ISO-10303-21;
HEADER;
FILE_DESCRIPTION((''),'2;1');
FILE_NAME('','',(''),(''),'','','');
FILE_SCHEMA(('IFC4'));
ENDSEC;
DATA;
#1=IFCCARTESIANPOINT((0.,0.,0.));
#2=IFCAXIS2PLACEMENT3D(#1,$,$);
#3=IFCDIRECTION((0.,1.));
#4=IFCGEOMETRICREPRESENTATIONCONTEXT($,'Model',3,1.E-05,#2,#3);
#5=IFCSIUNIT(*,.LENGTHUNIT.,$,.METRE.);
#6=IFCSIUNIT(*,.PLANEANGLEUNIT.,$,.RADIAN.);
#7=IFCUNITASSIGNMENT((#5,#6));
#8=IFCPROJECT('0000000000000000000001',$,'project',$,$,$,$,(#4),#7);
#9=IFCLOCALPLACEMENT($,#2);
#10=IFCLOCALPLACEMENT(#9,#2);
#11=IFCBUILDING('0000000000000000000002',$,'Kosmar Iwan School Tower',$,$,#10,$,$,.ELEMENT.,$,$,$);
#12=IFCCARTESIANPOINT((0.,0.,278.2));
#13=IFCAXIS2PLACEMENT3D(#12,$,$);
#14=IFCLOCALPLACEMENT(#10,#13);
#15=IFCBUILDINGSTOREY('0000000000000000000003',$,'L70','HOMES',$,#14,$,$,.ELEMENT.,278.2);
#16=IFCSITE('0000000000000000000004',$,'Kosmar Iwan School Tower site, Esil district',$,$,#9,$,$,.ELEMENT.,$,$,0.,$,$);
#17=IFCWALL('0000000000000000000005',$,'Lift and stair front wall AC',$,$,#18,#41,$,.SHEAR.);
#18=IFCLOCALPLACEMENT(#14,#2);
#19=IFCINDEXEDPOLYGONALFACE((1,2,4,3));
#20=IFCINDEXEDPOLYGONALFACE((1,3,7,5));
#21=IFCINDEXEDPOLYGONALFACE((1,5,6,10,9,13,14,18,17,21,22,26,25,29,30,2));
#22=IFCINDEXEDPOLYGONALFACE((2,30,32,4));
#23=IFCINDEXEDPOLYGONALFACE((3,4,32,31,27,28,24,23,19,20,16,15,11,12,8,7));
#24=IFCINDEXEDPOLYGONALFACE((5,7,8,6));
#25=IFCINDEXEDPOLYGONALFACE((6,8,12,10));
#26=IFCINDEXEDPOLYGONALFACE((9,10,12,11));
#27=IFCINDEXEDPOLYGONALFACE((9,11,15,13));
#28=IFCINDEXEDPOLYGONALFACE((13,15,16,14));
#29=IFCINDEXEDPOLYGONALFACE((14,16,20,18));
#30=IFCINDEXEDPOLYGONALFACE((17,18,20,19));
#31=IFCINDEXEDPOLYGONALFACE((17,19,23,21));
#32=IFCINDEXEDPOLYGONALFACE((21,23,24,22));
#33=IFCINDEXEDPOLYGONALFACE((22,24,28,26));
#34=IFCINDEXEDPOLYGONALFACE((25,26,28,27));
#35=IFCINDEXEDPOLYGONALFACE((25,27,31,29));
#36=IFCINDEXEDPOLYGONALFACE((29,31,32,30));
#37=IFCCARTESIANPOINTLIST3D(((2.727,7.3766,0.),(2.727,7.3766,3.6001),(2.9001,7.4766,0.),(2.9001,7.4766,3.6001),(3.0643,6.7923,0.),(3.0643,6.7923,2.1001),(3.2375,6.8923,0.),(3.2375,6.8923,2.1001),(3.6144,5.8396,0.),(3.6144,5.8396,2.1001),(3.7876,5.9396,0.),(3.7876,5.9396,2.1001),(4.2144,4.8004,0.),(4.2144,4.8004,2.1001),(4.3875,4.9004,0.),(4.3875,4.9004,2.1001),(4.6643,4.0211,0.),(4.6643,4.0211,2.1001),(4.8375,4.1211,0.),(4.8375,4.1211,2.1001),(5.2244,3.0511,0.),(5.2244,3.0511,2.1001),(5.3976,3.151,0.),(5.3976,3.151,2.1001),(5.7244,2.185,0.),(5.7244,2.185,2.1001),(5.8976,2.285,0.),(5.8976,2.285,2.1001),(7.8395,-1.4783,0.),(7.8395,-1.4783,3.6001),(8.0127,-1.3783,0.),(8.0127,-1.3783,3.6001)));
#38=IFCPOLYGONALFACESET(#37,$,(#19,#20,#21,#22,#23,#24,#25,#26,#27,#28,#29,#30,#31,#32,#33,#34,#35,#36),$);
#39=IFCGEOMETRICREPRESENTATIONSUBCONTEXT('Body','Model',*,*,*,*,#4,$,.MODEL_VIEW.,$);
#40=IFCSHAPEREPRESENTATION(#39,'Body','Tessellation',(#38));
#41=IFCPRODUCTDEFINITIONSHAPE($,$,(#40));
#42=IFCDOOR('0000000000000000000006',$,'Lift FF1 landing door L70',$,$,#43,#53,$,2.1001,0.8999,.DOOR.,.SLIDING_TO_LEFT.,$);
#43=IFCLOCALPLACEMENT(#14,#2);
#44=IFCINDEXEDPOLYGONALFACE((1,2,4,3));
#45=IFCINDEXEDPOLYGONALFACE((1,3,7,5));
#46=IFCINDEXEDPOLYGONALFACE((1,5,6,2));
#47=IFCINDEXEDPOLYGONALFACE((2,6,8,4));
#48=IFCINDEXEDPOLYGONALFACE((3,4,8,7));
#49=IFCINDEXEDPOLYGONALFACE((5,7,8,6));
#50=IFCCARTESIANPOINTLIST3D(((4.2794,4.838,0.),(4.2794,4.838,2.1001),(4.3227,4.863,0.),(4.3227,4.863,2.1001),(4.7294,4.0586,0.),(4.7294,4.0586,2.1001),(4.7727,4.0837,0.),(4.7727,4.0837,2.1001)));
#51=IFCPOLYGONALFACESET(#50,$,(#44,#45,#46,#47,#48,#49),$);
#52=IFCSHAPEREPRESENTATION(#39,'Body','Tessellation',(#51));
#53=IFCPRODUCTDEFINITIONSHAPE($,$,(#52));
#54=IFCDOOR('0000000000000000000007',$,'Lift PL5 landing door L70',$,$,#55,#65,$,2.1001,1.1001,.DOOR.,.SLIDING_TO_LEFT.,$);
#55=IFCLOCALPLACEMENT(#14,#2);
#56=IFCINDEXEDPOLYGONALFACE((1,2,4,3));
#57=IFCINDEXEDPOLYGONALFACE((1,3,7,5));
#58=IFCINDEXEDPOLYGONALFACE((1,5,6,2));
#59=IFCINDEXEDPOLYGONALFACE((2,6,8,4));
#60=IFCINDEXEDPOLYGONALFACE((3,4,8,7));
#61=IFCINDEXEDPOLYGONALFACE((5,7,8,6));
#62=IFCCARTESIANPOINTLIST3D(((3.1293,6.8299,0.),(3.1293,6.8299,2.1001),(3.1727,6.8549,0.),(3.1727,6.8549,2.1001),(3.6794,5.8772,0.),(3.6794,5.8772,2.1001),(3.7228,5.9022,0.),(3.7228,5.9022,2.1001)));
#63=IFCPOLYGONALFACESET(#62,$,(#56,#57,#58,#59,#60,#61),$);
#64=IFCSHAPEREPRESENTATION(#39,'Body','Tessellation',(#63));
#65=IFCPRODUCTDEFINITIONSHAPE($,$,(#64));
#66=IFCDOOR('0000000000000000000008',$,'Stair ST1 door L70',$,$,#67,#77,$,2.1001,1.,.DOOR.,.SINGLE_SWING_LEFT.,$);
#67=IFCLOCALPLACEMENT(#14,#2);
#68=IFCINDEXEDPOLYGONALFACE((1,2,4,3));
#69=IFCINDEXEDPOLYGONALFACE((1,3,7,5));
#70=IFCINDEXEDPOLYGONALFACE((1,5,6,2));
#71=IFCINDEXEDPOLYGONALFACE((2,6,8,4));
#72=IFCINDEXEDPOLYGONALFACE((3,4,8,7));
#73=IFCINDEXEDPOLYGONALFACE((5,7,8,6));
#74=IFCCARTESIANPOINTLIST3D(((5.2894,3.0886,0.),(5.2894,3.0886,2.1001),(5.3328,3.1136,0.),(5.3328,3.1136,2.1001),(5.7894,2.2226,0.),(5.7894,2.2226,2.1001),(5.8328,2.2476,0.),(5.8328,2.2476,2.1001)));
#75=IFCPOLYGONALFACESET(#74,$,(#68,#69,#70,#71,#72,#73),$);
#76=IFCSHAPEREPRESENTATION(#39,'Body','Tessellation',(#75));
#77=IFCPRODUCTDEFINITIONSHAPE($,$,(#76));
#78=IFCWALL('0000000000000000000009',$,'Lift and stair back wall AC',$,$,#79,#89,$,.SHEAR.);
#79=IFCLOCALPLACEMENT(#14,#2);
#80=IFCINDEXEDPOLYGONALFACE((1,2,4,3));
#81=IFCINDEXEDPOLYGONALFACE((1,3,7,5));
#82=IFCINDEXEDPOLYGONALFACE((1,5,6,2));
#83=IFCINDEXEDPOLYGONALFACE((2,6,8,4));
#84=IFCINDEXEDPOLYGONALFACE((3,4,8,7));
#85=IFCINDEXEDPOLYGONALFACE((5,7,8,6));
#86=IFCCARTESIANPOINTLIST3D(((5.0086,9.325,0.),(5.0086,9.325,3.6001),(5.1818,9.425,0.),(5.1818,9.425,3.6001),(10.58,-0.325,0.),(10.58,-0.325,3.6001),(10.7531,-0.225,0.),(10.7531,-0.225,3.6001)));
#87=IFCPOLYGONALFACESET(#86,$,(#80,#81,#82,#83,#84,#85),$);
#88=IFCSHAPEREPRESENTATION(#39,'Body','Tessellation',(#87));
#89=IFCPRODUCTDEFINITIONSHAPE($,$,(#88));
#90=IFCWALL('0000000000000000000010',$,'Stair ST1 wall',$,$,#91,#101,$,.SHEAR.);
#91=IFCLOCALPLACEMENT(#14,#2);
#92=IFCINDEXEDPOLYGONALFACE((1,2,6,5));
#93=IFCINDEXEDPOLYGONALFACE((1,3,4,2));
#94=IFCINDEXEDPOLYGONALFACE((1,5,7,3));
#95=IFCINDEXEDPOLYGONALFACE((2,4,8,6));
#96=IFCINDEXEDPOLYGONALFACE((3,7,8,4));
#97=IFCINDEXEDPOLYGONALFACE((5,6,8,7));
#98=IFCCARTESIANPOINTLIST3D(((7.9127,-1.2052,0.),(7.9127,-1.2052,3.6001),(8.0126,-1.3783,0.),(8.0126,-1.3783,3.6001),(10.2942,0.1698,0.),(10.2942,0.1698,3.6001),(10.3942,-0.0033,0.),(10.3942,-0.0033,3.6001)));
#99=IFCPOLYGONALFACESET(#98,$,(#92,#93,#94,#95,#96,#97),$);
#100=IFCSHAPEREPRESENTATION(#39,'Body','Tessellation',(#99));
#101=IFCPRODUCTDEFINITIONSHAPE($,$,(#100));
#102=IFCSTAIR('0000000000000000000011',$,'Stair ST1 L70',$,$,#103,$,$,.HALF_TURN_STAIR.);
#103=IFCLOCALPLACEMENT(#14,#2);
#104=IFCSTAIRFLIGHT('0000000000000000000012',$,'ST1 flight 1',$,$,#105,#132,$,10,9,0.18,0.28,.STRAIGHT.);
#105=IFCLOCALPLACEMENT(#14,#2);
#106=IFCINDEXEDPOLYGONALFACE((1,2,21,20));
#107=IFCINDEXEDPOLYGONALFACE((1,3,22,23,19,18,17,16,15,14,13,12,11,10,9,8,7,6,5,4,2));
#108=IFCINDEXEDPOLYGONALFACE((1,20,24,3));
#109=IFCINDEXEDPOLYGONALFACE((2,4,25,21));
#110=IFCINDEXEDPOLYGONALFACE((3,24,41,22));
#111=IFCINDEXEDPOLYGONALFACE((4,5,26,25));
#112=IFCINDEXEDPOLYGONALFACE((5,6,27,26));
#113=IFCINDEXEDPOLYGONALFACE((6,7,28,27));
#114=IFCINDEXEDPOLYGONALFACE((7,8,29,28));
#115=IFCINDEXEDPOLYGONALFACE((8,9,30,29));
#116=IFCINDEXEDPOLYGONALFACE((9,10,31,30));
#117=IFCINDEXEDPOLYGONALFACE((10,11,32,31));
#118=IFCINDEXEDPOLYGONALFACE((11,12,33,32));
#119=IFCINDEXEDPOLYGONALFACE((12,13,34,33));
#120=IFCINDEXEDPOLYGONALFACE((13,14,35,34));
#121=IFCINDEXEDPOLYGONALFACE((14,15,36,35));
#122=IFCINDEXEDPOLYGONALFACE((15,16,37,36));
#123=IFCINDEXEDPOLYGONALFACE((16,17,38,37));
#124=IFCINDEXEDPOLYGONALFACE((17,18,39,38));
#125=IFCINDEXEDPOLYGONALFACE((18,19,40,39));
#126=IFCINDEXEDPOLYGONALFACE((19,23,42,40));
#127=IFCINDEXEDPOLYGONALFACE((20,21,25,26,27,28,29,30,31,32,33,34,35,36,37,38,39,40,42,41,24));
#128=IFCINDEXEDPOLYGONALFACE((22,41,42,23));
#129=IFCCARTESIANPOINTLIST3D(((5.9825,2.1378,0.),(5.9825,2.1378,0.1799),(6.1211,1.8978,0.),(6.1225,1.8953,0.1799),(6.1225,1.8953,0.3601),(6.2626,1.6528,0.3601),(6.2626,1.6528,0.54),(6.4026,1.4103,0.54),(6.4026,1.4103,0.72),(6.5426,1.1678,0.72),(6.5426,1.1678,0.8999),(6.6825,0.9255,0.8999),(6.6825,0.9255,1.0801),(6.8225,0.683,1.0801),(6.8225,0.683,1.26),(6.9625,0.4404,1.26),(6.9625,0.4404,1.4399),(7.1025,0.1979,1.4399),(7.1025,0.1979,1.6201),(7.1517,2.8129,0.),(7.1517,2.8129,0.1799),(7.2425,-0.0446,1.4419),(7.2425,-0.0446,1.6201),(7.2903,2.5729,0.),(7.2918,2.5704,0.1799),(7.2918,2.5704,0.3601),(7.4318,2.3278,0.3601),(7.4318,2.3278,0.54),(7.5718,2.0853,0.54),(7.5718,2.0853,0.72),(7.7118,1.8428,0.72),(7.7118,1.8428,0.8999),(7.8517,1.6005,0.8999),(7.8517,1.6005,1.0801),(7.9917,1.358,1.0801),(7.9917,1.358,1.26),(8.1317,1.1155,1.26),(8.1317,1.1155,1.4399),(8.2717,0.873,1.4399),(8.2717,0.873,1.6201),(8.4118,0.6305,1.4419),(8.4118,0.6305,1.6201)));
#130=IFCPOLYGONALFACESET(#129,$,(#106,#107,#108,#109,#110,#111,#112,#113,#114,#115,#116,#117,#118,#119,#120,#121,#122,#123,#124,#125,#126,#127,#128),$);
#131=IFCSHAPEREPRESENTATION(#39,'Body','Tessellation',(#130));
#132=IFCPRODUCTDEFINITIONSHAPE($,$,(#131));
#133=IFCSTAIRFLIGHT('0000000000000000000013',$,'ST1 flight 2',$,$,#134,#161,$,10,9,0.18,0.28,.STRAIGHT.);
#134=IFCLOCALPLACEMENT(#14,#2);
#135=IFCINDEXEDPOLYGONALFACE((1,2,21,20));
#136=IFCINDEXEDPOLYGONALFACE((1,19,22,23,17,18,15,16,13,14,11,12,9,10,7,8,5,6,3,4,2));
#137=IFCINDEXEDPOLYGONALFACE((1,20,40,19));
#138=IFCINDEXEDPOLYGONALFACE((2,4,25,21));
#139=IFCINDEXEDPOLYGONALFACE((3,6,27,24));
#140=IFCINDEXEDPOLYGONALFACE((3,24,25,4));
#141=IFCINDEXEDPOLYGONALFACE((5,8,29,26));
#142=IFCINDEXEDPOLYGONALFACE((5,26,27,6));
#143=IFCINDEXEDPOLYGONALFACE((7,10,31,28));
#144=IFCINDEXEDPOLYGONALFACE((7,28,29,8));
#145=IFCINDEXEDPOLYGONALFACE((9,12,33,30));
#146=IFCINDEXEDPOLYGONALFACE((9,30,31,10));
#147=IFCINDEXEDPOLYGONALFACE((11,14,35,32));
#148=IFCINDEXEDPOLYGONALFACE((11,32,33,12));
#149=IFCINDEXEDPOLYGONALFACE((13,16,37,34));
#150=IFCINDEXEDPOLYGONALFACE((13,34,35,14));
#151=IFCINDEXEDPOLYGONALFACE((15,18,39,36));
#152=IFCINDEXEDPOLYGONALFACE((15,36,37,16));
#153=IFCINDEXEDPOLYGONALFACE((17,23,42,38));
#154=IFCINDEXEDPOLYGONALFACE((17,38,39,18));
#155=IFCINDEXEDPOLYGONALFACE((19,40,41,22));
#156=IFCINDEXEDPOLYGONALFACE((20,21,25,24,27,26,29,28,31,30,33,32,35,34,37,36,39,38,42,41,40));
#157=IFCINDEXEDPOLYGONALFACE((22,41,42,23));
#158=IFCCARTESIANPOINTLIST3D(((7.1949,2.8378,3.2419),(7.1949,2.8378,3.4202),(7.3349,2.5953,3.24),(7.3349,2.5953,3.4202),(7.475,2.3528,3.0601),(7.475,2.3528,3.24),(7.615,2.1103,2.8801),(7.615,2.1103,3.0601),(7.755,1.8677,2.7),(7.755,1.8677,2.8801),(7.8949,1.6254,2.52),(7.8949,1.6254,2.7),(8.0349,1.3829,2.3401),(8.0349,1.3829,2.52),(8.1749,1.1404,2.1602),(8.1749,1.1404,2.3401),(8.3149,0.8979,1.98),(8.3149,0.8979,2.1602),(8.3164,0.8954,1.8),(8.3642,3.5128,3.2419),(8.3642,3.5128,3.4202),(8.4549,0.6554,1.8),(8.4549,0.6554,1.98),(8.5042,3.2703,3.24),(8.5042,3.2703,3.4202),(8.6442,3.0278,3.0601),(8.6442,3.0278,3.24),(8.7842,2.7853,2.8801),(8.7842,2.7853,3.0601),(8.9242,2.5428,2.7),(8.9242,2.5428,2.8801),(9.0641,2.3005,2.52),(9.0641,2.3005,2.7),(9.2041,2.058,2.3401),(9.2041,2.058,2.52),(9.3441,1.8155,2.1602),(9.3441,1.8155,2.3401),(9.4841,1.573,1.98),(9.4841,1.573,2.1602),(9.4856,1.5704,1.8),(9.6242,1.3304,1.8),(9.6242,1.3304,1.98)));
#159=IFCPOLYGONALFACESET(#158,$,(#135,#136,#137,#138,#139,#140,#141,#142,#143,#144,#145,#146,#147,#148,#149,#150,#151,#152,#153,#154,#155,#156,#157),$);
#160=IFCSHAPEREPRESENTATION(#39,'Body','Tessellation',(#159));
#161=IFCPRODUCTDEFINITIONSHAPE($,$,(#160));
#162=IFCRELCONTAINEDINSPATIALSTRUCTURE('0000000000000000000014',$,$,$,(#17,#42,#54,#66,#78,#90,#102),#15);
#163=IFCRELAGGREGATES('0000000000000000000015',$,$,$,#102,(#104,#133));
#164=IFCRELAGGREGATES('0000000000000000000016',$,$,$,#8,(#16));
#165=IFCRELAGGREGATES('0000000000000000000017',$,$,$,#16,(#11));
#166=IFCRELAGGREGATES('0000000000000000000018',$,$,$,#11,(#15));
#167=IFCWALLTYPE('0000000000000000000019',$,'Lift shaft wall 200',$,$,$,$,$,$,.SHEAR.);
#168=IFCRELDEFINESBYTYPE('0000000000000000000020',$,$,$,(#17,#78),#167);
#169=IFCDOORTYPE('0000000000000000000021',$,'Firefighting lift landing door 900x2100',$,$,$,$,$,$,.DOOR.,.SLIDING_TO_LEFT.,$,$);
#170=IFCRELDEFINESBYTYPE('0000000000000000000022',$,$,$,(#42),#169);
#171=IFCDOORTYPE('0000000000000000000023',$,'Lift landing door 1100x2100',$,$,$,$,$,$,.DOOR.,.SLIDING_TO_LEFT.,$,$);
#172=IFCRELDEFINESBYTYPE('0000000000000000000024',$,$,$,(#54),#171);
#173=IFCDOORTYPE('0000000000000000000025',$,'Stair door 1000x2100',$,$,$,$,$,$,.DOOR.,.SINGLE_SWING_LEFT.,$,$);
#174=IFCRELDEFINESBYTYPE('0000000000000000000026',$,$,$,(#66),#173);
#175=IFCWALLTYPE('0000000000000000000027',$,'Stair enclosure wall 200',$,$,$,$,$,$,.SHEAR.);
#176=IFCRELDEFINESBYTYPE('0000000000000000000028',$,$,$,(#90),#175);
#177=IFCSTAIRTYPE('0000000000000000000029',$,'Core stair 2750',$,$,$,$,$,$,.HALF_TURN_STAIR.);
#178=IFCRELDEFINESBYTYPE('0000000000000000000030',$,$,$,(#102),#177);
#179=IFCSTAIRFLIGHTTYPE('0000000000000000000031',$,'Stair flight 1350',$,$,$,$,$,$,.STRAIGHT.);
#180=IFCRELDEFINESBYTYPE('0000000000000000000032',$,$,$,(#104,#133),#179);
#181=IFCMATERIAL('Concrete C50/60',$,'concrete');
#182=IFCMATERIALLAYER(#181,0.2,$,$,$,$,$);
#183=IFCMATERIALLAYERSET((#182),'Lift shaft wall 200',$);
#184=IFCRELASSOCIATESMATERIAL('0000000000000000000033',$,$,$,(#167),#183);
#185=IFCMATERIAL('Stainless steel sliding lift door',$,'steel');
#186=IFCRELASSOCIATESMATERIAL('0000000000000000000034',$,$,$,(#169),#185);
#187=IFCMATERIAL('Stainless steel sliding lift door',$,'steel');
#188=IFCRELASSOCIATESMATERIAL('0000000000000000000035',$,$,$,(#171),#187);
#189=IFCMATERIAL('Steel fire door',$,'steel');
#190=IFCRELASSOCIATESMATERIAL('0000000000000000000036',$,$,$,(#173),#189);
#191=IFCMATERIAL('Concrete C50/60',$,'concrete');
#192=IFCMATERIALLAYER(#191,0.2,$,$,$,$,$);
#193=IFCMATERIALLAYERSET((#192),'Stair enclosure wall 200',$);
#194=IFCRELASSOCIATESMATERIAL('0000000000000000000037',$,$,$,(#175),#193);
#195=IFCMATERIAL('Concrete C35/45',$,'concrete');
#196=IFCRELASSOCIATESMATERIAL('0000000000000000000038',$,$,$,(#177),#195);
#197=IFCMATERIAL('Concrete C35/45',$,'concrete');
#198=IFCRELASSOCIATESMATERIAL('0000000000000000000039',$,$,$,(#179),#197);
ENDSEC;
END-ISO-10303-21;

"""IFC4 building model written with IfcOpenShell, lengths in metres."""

from ifc_helpers import new_model, si_unit, direction, frame, frame_2d, origin, place, context, subcontext, project, spatial, polyline, rectangle, outline, extrude, material, layer, layer_set, type_object, element, fill, aggregate, save


model = new_model("IFC4")

# Units and contexts
model_context = context("Model", 3, precision=1e-05, world=origin(), true_north=direction((0.0, 1.0)))
body_context = subcontext(model_context, "Body", "Model", "MODEL_VIEW")
ifc_project = project(units=[si_unit("LENGTHUNIT", "METRE"), si_unit("PLANEANGLEUNIT", "RADIAN")], contexts=[model_context])

# Site, building, storey
site_placement = place(None, origin())
site = spatial("IfcSite", under=ifc_project, at=site_placement, Name="Kosmar Iwan School Tower site, Esil district", CompositionType="ELEMENT", RefElevation=0.0)
building_placement = place(site_placement, origin())
building = spatial("IfcBuilding", under=site, at=building_placement, Name="Kosmar Iwan School Tower", CompositionType="ELEMENT")
storey_placement = place(building_placement, frame((0.0, 0.0, 278.2)))
storey = spatial("IfcBuildingStorey", under=building, at=storey_placement, Name="L70", Description="HOMES", CompositionType="ELEMENT", Elevation=278.2)

# Wall, openings, doors
ifc_material_1 = material(Name="Concrete C50/60", Category="concrete")
ifc_layer_1 = layer(ifc_material_1, 0.2)
ifc_layer_set_1 = layer_set([ifc_layer_1], Name="Lift shaft wall 200")
wall_type_1 = type_object("IfcWallType", Name="Lift shaft wall 200", PredefinedType="SHEAR", material=ifc_layer_set_1)
wall_1_placement = place(storey_placement, frame((7.926, -1.4282, 0.0), z_axis=(0.0, 0.0, 1.0), x_axis=(-0.500009, 0.86602, 0.0)))
wall_1 = element("IfcWall", 1, at=wall_1_placement, inside=storey, type_object=wall_type_1, Name="Lift and stair front wall AC", PredefinedType="SHEAR", context=body_context, shape_type="SweptSolid", body=[
    extrude(rectangle(XDim=10.2249, YDim=0.2, at=frame_2d((5.1123, 0.0))), origin(), (0.0, 0.0, 1.0), 3.6001),
])
opening_1_placement = place(wall_1_placement, frame((6.3501, 0.0, 0.0)))
opening_1 = element("IfcOpeningElement", 2, at=opening_1_placement, cuts=wall_1, PredefinedType="OPENING", context=body_context, shape_type="SweptSolid", body=[
    extrude(rectangle(XDim=0.8999, YDim=2.1001, at=frame_2d((0.45, 1.05))), frame((0.0, 0.1121, 0.0), z_axis=(0.0, -1.0, 0.0), x_axis=(1.0, 0.0, 0.0)), (0.0, 0.0, 1.0), 0.2239),
])
opening_2_placement = place(wall_1_placement, frame((8.45, 0.0, 0.0)))
opening_2 = element("IfcOpeningElement", 3, at=opening_2_placement, cuts=wall_1, PredefinedType="OPENING", context=body_context, shape_type="SweptSolid", body=[
    extrude(rectangle(XDim=1.1001, YDim=2.1001, at=frame_2d((0.55, 1.05))), frame((0.0, 0.1121, 0.0), z_axis=(0.0, -1.0, 0.0), x_axis=(1.0, 0.0, 0.0)), (0.0, 0.0, 1.0), 0.2239),
])
opening_3_placement = place(wall_1_placement, frame((4.23, 0.0, 0.0)))
opening_3 = element("IfcOpeningElement", 4, at=opening_3_placement, cuts=wall_1, PredefinedType="OPENING", context=body_context, shape_type="SweptSolid", body=[
    extrude(rectangle(XDim=1.0, YDim=2.1001, at=frame_2d((0.5, 1.05))), frame((0.0, 0.1121, 0.0), z_axis=(0.0, -1.0, 0.0), x_axis=(1.0, 0.0, 0.0)), (0.0, 0.0, 1.0), 0.2239),
])
ifc_material_2 = material(Name="Stainless steel sliding lift door", Category="steel")
door_type_1 = type_object("IfcDoorType", Name="Firefighting lift landing door 900x2100", OperationType="SLIDING_TO_LEFT", PredefinedType="DOOR", material=ifc_material_2)
door_1_placement = place(opening_1_placement, origin())
door_1 = element("IfcDoor", 5, at=door_1_placement, inside=storey, type_object=door_type_1, Name="Lift FF1 landing door L70", OperationType="SLIDING_TO_LEFT", OverallHeight=2.1001, OverallWidth=0.8999, PredefinedType="DOOR", context=body_context, shape_type="SweptSolid", body=[
    extrude(rectangle(XDim=0.8999, YDim=2.1001, at=frame_2d((0.45, 1.05))), frame((0.0, 0.0249, 0.0), z_axis=(0.0, -1.0, 0.0), x_axis=(1.0, 0.0, 0.0)), (0.0, 0.0, 1.0), 0.05),
])
fill(opening_1, door_1)
ifc_material_3 = material(Name="Stainless steel sliding lift door", Category="steel")
door_type_2 = type_object("IfcDoorType", Name="Lift landing door 1100x2100", OperationType="SLIDING_TO_LEFT", PredefinedType="DOOR", material=ifc_material_3)
door_2_placement = place(opening_2_placement, origin())
door_2 = element("IfcDoor", 6, at=door_2_placement, inside=storey, type_object=door_type_2, Name="Lift PL5 landing door L70", OperationType="SLIDING_TO_LEFT", OverallHeight=2.1001, OverallWidth=1.1001, PredefinedType="DOOR", context=body_context, shape_type="SweptSolid", body=[
    extrude(rectangle(XDim=1.1001, YDim=2.1001, at=frame_2d((0.55, 1.05))), frame((0.0, 0.0249, 0.0), z_axis=(0.0, -1.0, 0.0), x_axis=(1.0, 0.0, 0.0)), (0.0, 0.0, 1.0), 0.05),
])
fill(opening_2, door_2)
ifc_material_4 = material(Name="Steel fire door", Category="steel")
door_type_3 = type_object("IfcDoorType", Name="Stair door 1000x2100", OperationType="SINGLE_SWING_LEFT", PredefinedType="DOOR", material=ifc_material_4)
door_3_placement = place(opening_3_placement, origin())
door_3 = element("IfcDoor", 7, at=door_3_placement, inside=storey, type_object=door_type_3, Name="Stair ST1 door L70", OperationType="SINGLE_SWING_LEFT", OverallHeight=2.1001, OverallWidth=1.0, PredefinedType="DOOR", context=body_context, shape_type="SweptSolid", body=[
    extrude(rectangle(XDim=1.0, YDim=2.1001, at=frame_2d((0.5, 1.05))), frame((0.0, 0.0249, 0.0), z_axis=(0.0, -1.0, 0.0), x_axis=(1.0, 0.0, 0.0)), (0.0, 0.0, 1.0), 0.05),
])
fill(opening_3, door_3)

# Walls
wall_2_placement = place(storey_placement, frame((10.6665, -0.2749, 0.0), z_axis=(0.0, 0.0, 1.0), x_axis=(-0.499994, 0.866029, 0.0)))
element("IfcWall", 8, at=wall_2_placement, inside=storey, type_object=wall_type_1, Name="Lift and stair back wall AC", PredefinedType="SHEAR", context=body_context, shape_type="SweptSolid", body=[
    extrude(rectangle(XDim=11.1428, YDim=0.2, at=frame_2d((5.5713, 0.0))), origin(), (0.0, 0.0, 1.0), 3.6001),
])
ifc_material_5 = material(Name="Concrete C50/60", Category="concrete")
ifc_layer_2 = layer(ifc_material_5, 0.2)
ifc_layer_set_2 = layer_set([ifc_layer_2], Name="Stair enclosure wall 200")
wall_type_2 = type_object("IfcWallType", Name="Stair enclosure wall 200", PredefinedType="SHEAR", material=ifc_layer_set_2)
wall_3_placement = place(storey_placement, frame((7.9626, -1.2917, 0.0), z_axis=(0.0, 0.0, 1.0), x_axis=(0.866027, 0.499997, 0.0)))
element("IfcWall", 9, at=wall_3_placement, inside=storey, type_object=wall_type_2, Name="Stair ST1 wall", PredefinedType="SHEAR", context=body_context, shape_type="SweptSolid", body=[
    extrude(rectangle(XDim=2.75, YDim=0.2, at=frame_2d((1.375, 0.0))), origin(), (0.0, 0.0, 1.0), 3.6001),
])

# Stair, stair flights
ifc_material_6 = material(Name="Concrete C35/45", Category="concrete")
stair_type = type_object("IfcStairType", Name="Core stair 2750", PredefinedType="HALF_TURN_STAIR", material=ifc_material_6)
stair_placement = place(storey_placement, origin())
stair = element("IfcStair", 10, at=stair_placement, inside=storey, type_object=stair_type, Name="Stair ST1 L70", PredefinedType="HALF_TURN_STAIR")
ifc_material_7 = material(Name="Concrete C35/45", Category="concrete")
stair_flight_type = type_object("IfcStairFlightType", Name="Stair flight 1350", PredefinedType="STRAIGHT", material=ifc_material_7)
stair_flight_1_placement = place(storey_placement, frame((6.5671, 2.4753, 0.0), z_axis=(0.0, 0.0, 1.0), x_axis=(0.5, -0.866025, 0.0)))
stair_flight_1 = element("IfcStairFlight", 11, at=stair_flight_1_placement, type_object=stair_flight_type, Name="ST1 flight 1", NumberOfRisers=10, NumberOfTreads=9, PredefinedType="STRAIGHT", RiserHeight=0.18, TreadLength=0.28, context=body_context, shape_type="SweptSolid", body=[
    extrude(outline(polyline([(0.0, 0.0), (0.0, 0.1799), (0.28, 0.1799), (0.28, 0.3601), (0.5601, 0.3601), (0.5601, 0.54), (0.8401, 0.54), (0.8401, 0.72), (1.1201, 0.72), (1.1201, 0.8999), (1.3999, 0.8999), (1.3999, 1.0801), (1.6799, 1.0801), (1.6799, 1.26), (1.96, 1.26), (1.96, 1.4399), (2.24, 1.4399), (2.24, 1.6201), (2.52, 1.6201), (2.52, 1.8), (2.52, 1.4419), (0.2771, 0.0), (0.0, 0.0)])), frame((0.0, 0.675, 0.0), z_axis=(0.0, -1.0, 0.0), x_axis=(1.0, 0.0, 0.0)), (0.0, 0.0, 1.0), 1.3501),
])
stair_flight_2_placement = place(storey_placement, frame((9.0396, 0.9929, 1.8), z_axis=(0.0, 0.0, 1.0), x_axis=(-0.5, 0.866025, 0.0)))
stair_flight_2 = element("IfcStairFlight", 12, at=stair_flight_2_placement, type_object=stair_flight_type, Name="ST1 flight 2", NumberOfRisers=10, NumberOfTreads=9, PredefinedType="STRAIGHT", RiserHeight=0.18, TreadLength=0.28, context=body_context, shape_type="SweptSolid", body=[
    extrude(outline(polyline([(0.0, 0.0), (0.0, 0.1799), (0.28, 0.1799), (0.28, 0.3601), (0.5601, 0.3601), (0.5601, 0.54), (0.8401, 0.54), (0.8401, 0.72), (1.1201, 0.72), (1.1201, 0.8999), (1.3999, 0.8999), (1.3999, 1.0801), (1.6799, 1.0801), (1.6799, 1.26), (1.96, 1.26), (1.96, 1.4399), (2.24, 1.4399), (2.24, 1.6201), (2.52, 1.6201), (2.52, 1.8), (2.52, 1.4419), (0.2771, 0.0), (0.0, 0.0)])), frame((0.0, 0.675, 0.0), z_axis=(0.0, -1.0, 0.0), x_axis=(1.0, 0.0, 0.0)), (0.0, 0.0, 1.0), 1.3501),
])
aggregate(stair, [stair_flight_1, stair_flight_2])

save(model, "model.ifc")
